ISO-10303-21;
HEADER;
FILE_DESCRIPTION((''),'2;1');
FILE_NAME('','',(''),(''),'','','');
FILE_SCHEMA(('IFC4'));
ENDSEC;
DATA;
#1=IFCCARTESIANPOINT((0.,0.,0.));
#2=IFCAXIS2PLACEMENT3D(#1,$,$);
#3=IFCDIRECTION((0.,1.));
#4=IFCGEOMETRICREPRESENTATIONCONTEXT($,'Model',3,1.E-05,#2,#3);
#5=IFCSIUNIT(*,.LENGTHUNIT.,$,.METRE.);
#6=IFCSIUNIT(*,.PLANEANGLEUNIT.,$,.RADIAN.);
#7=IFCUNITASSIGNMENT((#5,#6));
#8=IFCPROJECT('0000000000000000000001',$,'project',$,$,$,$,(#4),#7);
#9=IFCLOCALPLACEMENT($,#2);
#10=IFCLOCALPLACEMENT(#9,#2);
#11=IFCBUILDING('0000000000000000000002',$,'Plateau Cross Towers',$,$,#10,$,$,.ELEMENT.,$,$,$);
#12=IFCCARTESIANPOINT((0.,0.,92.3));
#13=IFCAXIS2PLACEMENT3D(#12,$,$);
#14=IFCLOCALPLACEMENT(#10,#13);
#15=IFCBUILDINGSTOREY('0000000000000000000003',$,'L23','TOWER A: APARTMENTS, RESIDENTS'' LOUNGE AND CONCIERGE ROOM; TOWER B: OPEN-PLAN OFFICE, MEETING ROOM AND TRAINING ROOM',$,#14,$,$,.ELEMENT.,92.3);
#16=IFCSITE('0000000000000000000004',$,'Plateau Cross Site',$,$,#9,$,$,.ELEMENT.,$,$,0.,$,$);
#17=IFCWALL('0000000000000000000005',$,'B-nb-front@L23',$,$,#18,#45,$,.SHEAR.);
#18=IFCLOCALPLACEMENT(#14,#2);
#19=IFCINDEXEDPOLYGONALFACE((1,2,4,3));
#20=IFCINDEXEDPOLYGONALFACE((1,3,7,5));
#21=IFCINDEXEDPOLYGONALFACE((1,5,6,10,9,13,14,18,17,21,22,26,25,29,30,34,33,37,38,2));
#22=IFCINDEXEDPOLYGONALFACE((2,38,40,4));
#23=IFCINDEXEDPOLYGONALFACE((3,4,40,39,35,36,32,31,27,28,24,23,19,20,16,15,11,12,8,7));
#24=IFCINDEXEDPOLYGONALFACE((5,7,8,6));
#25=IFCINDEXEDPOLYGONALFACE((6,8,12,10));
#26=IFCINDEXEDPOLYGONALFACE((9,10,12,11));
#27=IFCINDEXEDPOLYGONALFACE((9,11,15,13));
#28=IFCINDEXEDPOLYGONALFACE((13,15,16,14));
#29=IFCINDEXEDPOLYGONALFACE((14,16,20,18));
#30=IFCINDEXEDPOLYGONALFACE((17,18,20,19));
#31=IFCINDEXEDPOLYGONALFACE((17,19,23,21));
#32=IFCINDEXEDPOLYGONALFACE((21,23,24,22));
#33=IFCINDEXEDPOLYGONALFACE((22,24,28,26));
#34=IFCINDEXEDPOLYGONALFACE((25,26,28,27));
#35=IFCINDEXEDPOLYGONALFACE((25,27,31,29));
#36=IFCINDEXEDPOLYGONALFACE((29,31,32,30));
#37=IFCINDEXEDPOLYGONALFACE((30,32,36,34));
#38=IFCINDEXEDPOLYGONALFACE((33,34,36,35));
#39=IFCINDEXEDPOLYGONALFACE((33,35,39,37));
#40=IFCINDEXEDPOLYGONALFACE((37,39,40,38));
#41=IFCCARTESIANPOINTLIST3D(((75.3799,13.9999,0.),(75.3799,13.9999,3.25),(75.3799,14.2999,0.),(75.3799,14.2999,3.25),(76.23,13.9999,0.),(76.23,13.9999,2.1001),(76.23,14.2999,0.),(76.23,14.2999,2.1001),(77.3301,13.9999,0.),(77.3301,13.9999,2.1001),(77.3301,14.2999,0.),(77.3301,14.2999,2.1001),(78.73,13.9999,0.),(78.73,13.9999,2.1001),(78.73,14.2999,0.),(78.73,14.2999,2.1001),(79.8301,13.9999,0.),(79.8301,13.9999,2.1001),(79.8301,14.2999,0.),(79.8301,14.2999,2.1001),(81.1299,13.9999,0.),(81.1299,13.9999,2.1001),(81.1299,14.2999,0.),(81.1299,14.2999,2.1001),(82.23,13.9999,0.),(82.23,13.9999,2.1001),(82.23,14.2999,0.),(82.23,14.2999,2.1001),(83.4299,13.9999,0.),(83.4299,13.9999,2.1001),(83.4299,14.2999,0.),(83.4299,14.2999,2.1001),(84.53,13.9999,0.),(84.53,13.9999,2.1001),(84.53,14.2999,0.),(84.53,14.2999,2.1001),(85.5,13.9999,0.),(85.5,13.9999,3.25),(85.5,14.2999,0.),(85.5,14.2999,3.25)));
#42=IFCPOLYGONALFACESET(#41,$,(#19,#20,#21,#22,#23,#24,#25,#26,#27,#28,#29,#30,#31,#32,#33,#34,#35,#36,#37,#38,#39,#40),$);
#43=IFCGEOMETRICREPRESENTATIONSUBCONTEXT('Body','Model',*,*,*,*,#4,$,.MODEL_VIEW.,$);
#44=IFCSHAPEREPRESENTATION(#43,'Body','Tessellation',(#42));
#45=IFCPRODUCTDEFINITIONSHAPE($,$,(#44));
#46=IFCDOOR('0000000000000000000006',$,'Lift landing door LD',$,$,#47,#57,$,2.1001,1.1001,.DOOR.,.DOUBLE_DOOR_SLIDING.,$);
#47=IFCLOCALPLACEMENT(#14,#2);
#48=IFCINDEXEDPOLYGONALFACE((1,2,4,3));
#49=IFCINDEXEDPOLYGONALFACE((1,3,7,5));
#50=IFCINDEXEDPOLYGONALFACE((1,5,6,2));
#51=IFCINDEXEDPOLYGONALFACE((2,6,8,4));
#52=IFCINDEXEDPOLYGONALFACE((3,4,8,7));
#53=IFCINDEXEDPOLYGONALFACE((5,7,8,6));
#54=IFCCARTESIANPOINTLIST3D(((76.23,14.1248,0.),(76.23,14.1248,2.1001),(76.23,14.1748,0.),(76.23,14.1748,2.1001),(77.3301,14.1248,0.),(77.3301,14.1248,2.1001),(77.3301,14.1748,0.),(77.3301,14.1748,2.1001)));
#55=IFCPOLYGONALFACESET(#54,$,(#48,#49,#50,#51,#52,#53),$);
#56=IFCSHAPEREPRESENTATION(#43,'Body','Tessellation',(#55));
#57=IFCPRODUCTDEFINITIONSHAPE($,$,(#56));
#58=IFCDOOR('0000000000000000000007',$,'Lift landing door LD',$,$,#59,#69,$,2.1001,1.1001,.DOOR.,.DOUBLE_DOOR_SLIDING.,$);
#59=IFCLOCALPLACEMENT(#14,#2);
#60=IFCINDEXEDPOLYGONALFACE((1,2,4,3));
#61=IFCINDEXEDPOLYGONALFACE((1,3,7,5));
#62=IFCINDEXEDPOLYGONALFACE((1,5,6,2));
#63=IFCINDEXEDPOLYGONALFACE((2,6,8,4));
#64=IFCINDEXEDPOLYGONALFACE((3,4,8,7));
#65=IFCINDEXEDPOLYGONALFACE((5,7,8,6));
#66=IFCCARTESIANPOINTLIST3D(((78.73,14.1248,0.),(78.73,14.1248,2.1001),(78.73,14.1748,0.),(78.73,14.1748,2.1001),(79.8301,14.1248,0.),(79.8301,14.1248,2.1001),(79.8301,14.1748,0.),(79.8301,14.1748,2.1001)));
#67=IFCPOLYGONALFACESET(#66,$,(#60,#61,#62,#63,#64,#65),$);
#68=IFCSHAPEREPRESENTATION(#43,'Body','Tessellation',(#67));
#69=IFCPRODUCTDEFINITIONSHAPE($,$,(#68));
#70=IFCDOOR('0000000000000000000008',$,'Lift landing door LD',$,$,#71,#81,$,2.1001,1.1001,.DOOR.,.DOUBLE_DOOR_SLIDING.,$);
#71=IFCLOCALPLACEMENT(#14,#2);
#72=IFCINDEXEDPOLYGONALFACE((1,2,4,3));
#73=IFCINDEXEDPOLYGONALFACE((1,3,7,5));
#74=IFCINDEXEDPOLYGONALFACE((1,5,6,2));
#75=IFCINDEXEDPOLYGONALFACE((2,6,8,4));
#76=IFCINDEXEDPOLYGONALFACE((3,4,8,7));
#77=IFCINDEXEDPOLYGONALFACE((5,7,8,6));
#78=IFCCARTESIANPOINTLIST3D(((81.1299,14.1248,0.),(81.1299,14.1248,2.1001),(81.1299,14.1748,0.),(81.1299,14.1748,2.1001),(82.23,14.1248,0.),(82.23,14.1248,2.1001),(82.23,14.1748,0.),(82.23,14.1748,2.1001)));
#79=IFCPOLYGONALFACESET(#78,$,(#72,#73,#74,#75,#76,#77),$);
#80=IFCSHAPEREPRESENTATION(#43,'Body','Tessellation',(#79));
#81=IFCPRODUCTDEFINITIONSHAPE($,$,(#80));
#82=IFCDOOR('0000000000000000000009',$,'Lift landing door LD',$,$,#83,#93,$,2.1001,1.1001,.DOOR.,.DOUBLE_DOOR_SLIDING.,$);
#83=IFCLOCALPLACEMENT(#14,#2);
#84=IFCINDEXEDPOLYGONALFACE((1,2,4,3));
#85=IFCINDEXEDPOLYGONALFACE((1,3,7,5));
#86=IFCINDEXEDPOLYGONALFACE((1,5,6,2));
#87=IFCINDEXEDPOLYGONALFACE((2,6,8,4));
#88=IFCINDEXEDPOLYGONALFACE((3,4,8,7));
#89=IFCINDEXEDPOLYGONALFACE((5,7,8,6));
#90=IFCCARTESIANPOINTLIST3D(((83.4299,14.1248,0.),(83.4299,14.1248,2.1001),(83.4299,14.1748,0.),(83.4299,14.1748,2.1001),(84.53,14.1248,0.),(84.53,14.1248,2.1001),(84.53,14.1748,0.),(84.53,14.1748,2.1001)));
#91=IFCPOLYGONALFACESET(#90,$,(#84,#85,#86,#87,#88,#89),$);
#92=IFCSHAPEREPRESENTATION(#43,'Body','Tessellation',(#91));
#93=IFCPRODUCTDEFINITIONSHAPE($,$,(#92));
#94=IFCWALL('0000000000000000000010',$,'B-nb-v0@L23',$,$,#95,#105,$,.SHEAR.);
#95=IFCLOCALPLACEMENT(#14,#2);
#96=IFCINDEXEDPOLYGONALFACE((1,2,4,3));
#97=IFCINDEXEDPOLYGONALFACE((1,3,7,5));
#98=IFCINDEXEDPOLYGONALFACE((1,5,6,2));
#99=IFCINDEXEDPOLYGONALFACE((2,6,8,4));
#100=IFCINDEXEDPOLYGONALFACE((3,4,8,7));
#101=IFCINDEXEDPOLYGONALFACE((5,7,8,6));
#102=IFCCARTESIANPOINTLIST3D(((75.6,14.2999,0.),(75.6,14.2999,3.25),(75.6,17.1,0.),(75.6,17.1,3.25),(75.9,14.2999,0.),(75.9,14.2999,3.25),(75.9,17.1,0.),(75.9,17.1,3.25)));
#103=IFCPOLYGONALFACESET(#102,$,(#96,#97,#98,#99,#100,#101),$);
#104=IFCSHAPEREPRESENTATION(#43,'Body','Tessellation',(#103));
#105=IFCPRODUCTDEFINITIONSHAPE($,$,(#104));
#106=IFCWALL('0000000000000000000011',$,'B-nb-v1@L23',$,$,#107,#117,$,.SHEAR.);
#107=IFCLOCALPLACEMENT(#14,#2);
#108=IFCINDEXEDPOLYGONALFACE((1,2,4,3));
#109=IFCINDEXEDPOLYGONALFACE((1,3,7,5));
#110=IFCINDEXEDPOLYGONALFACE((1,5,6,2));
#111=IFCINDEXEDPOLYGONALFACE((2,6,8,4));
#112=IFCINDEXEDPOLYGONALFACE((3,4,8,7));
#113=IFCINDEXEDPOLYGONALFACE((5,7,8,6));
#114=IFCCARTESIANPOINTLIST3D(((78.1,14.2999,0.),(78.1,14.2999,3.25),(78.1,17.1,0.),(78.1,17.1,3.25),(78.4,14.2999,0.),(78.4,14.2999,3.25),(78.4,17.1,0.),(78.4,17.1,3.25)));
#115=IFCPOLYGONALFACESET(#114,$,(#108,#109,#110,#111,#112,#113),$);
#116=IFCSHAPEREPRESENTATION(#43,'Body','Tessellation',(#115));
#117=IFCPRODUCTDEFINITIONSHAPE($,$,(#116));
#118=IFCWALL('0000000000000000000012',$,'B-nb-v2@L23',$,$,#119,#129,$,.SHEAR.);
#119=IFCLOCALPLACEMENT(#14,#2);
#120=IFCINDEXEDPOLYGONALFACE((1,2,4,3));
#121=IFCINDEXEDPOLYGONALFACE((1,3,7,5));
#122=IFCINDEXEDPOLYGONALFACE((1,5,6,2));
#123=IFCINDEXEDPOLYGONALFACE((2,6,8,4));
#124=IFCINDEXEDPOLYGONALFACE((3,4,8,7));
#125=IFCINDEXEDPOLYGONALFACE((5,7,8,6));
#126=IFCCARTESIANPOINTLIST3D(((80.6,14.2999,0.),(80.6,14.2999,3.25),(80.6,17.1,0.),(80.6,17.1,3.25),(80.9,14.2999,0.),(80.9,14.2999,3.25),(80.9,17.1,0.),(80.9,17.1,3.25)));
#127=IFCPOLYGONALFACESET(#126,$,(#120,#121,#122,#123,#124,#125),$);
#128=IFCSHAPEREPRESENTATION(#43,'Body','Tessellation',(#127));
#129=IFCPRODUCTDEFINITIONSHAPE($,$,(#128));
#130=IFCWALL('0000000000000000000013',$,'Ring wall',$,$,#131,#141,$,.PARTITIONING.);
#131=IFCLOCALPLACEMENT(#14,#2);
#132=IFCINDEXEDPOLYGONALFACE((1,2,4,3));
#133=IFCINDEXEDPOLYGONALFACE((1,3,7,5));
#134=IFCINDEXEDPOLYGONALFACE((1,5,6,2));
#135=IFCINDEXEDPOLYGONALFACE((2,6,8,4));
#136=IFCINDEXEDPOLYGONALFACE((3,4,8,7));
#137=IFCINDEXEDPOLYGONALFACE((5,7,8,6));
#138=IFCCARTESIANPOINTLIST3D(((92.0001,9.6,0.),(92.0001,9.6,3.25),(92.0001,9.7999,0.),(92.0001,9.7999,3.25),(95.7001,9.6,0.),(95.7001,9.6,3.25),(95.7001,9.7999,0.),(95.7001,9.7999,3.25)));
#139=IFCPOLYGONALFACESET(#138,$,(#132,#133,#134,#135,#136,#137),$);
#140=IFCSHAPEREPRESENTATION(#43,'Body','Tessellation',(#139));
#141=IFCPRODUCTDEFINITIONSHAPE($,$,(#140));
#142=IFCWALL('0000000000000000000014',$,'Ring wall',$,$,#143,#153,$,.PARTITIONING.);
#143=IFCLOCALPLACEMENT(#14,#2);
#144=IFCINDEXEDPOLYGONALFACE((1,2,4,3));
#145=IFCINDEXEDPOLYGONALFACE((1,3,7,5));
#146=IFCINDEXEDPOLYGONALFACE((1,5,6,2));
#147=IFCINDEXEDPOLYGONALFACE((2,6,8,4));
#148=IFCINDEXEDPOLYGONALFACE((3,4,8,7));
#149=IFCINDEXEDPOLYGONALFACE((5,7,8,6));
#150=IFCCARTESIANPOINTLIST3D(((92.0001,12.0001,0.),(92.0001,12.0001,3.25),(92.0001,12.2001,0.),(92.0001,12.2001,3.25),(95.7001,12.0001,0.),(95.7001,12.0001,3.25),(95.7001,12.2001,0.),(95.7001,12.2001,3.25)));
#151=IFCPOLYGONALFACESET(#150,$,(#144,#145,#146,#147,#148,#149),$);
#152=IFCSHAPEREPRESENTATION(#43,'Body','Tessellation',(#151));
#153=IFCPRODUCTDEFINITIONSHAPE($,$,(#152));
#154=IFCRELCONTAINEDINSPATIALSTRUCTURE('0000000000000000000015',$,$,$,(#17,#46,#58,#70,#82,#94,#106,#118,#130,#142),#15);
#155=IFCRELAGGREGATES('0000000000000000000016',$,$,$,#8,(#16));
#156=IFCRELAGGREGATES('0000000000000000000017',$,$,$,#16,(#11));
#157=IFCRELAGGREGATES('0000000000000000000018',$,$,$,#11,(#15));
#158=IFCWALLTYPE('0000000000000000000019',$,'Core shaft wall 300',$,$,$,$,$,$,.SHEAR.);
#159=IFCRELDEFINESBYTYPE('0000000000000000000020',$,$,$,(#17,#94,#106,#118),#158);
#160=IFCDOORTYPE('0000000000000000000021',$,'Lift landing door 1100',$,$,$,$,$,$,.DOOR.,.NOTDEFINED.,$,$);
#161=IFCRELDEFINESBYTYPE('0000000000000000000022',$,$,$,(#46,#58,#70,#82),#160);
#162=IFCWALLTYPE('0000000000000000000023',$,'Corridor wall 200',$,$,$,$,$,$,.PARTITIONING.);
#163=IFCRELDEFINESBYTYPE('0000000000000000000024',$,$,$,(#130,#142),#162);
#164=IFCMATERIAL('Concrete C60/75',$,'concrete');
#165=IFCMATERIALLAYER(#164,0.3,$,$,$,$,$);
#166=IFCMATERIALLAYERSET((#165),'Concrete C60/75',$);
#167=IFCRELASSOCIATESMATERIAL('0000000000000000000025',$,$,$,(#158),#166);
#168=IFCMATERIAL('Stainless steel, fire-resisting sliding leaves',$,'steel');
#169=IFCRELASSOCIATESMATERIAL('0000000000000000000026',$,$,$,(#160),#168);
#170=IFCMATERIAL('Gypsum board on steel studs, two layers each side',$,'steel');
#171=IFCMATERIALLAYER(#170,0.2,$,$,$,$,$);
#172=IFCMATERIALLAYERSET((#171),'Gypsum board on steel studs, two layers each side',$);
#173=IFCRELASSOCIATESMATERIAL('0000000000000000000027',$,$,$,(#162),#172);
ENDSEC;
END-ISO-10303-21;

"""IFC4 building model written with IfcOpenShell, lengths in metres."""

from ifc_helpers import new_model, si_unit, direction, frame, frame_2d, origin, place, context, subcontext, project, spatial, rectangle, extrude, material, layer, layer_set, type_object, element, fill, save


model = new_model("IFC4")

# Units and contexts
model_context = context("Model", 3, precision=1e-05, world=origin(), true_north=direction((0.0, 1.0)))
body_context = subcontext(model_context, "Body", "Model", "MODEL_VIEW")
ifc_project = project(units=[si_unit("LENGTHUNIT", "METRE"), si_unit("PLANEANGLEUNIT", "RADIAN")], contexts=[model_context])

# Site, building, storey
site_placement = place(None, origin())
site = spatial("IfcSite", under=ifc_project, at=site_placement, Name="Plateau Cross Site", CompositionType="ELEMENT", RefElevation=0.0)
building_placement = place(site_placement, origin())
building = spatial("IfcBuilding", under=site, at=building_placement, Name="Plateau Cross Towers", CompositionType="ELEMENT")
storey_placement = place(building_placement, frame((0.0, 0.0, 92.3)))
storey = spatial("IfcBuildingStorey", under=building, at=storey_placement, Name="L23", Description="TOWER A: APARTMENTS, RESIDENTS' LOUNGE AND CONCIERGE ROOM; TOWER B: OPEN-PLAN OFFICE, MEETING ROOM AND TRAINING ROOM", CompositionType="ELEMENT", Elevation=92.3)

# Shared definitions
ifc_material_1 = material(Name="Concrete C60/75", Category="concrete")

# Wall, openings, doors
ifc_layer_1 = layer(ifc_material_1, 0.3)
ifc_layer_set_1 = layer_set([ifc_layer_1], Name="Concrete C60/75")
wall_type_1 = type_object("IfcWallType", Name="Core shaft wall 300", PredefinedType="SHEAR", material=ifc_layer_set_1)
wall_1_placement = place(storey_placement, frame((75.3799, 14.1499, 0.0), z_axis=(0.0, 0.0, 1.0), x_axis=(1.0, 0.0, 0.0)))
wall_1 = element("IfcWall", 1, at=wall_1_placement, inside=storey, type_object=wall_type_1, Name="B-nb-front@L23", PredefinedType="SHEAR", context=body_context, shape_type="SweptSolid", body=[
    extrude(rectangle(XDim=10.1201, YDim=0.3, at=frame_2d((5.0601, 0.0))), origin(), (0.0, 0.0, 1.0), 3.25),
])
opening_1_placement = place(wall_1_placement, frame((0.8501, 0.0, 0.0)))
opening_1 = element("IfcOpeningElement", 2, at=opening_1_placement, cuts=wall_1, PredefinedType="OPENING", context=body_context, shape_type="SweptSolid", body=[
    extrude(rectangle(XDim=1.1001, YDim=2.1001, at=frame_2d((0.55, 1.05))), frame((0.0, 0.1599, 0.0), z_axis=(0.0, -1.0, 0.0), x_axis=(1.0, 0.0, 0.0)), (0.0, 0.0, 1.0), 0.3201),
])
opening_2_placement = place(wall_1_placement, frame((3.3501, 0.0, 0.0)))
opening_2 = element("IfcOpeningElement", 3, at=opening_2_placement, cuts=wall_1, PredefinedType="OPENING", context=body_context, shape_type="SweptSolid", body=[
    extrude(rectangle(XDim=1.1001, YDim=2.1001, at=frame_2d((0.55, 1.05))), frame((0.0, 0.1599, 0.0), z_axis=(0.0, -1.0, 0.0), x_axis=(1.0, 0.0, 0.0)), (0.0, 0.0, 1.0), 0.3201),
])
opening_3_placement = place(wall_1_placement, frame((5.75, 0.0, 0.0)))
opening_3 = element("IfcOpeningElement", 4, at=opening_3_placement, cuts=wall_1, PredefinedType="OPENING", context=body_context, shape_type="SweptSolid", body=[
    extrude(rectangle(XDim=1.1001, YDim=2.1001, at=frame_2d((0.55, 1.05))), frame((0.0, 0.1599, 0.0), z_axis=(0.0, -1.0, 0.0), x_axis=(1.0, 0.0, 0.0)), (0.0, 0.0, 1.0), 0.3201),
])
opening_4_placement = place(wall_1_placement, frame((8.05, 0.0, 0.0)))
opening_4 = element("IfcOpeningElement", 5, at=opening_4_placement, cuts=wall_1, PredefinedType="OPENING", context=body_context, shape_type="SweptSolid", body=[
    extrude(rectangle(XDim=1.1001, YDim=2.1001, at=frame_2d((0.55, 1.05))), frame((0.0, 0.1599, 0.0), z_axis=(0.0, -1.0, 0.0), x_axis=(1.0, 0.0, 0.0)), (0.0, 0.0, 1.0), 0.3201),
])
ifc_material_2 = material(Name="Stainless steel, fire-resisting sliding leaves", Category="steel")
door_type_1 = type_object("IfcDoorType", Name="Lift landing door 1100", OperationType="NOTDEFINED", PredefinedType="DOOR", material=ifc_material_2)
door_1_placement = place(opening_1_placement, origin())
door_1 = element("IfcDoor", 6, at=door_1_placement, inside=storey, type_object=door_type_1, Name="Lift landing door LD", OperationType="DOUBLE_DOOR_SLIDING", OverallHeight=2.1001, OverallWidth=1.1001, PredefinedType="DOOR", context=body_context, shape_type="SweptSolid", body=[
    extrude(rectangle(XDim=1.1001, YDim=2.1001, at=frame_2d((0.55, 1.05))), frame((0.0, 0.0249, 0.0), z_axis=(0.0, -1.0, 0.0), x_axis=(1.0, 0.0, 0.0)), (0.0, 0.0, 1.0), 0.05),
])
fill(opening_1, door_1)
door_2_placement = place(opening_2_placement, origin())
door_2 = element("IfcDoor", 7, at=door_2_placement, inside=storey, type_object=door_type_1, Name="Lift landing door LD", OperationType="DOUBLE_DOOR_SLIDING", OverallHeight=2.1001, OverallWidth=1.1001, PredefinedType="DOOR", context=body_context, shape_type="SweptSolid", body=[
    extrude(rectangle(XDim=1.1001, YDim=2.1001, at=frame_2d((0.55, 1.05))), frame((0.0, 0.0249, 0.0), z_axis=(0.0, -1.0, 0.0), x_axis=(1.0, 0.0, 0.0)), (0.0, 0.0, 1.0), 0.05),
])
fill(opening_2, door_2)
door_3_placement = place(opening_3_placement, origin())
door_3 = element("IfcDoor", 8, at=door_3_placement, inside=storey, type_object=door_type_1, Name="Lift landing door LD", OperationType="DOUBLE_DOOR_SLIDING", OverallHeight=2.1001, OverallWidth=1.1001, PredefinedType="DOOR", context=body_context, shape_type="SweptSolid", body=[
    extrude(rectangle(XDim=1.1001, YDim=2.1001, at=frame_2d((0.55, 1.05))), frame((0.0, 0.0249, 0.0), z_axis=(0.0, -1.0, 0.0), x_axis=(1.0, 0.0, 0.0)), (0.0, 0.0, 1.0), 0.05),
])
fill(opening_3, door_3)
door_4_placement = place(opening_4_placement, origin())
door_4 = element("IfcDoor", 9, at=door_4_placement, inside=storey, type_object=door_type_1, Name="Lift landing door LD", OperationType="DOUBLE_DOOR_SLIDING", OverallHeight=2.1001, OverallWidth=1.1001, PredefinedType="DOOR", context=body_context, shape_type="SweptSolid", body=[
    extrude(rectangle(XDim=1.1001, YDim=2.1001, at=frame_2d((0.55, 1.05))), frame((0.0, 0.0249, 0.0), z_axis=(0.0, -1.0, 0.0), x_axis=(1.0, 0.0, 0.0)), (0.0, 0.0, 1.0), 0.05),
])
fill(opening_4, door_4)

# Walls
for number, where, z_axis, x_axis, name in (
    (10, (75.75, 14.3, 0.0), (0.0, 0.0, 1.0), (0.0, 1.0, 0.0), "B-nb-v0@L23"),
    (11, (78.25, 14.3, 0.0), (0.0, 0.0, 1.0), (0.0, 1.0, 0.0), "B-nb-v1@L23"),
    (12, (80.75, 14.3, 0.0), (0.0, 0.0, 1.0), (0.0, 1.0, 0.0), "B-nb-v2@L23"),
):
    element("IfcWall", number, at=place(storey_placement, frame(where, z_axis=z_axis, x_axis=x_axis)), inside=storey, type_object=wall_type_1, Name=name, PredefinedType="SHEAR", context=body_context, shape_type="SweptSolid", body=[
        extrude(rectangle(XDim=2.8, YDim=0.3, at=frame_2d((1.3999, 0.0))), origin(), (0.0, 0.0, 1.0), 3.25),
    ])

# Shared definitions
ifc_material_3 = material(Name="Gypsum board on steel studs, two layers each side", Category="steel")
ifc_layer_2 = layer(ifc_material_3, 0.2)
ifc_layer_set_2 = layer_set([ifc_layer_2], Name="Gypsum board on steel studs, two layers each side")
wall_type_2 = type_object("IfcWallType", Name="Corridor wall 200", PredefinedType="PARTITIONING", material=ifc_layer_set_2)

# Walls
for number, where, z_axis, x_axis, name in (
    (13, (92.0, 9.7, 0.0), (0.0, 0.0, 1.0), (1.0, 0.0, 0.0), "Ring wall"),
    (14, (92.0, 12.1001, 0.0), (0.0, 0.0, 1.0), (1.0, 0.0, 0.0), "Ring wall"),
):
    element("IfcWall", number, at=place(storey_placement, frame(where, z_axis=z_axis, x_axis=x_axis)), inside=storey, type_object=wall_type_2, Name=name, PredefinedType="PARTITIONING", context=body_context, shape_type="SweptSolid", body=[
        extrude(rectangle(XDim=3.7, YDim=0.2, at=frame_2d((1.8501, 0.0))), origin(), (0.0, 0.0, 1.0), 3.25),
    ])

save(model, "model.ifc")
